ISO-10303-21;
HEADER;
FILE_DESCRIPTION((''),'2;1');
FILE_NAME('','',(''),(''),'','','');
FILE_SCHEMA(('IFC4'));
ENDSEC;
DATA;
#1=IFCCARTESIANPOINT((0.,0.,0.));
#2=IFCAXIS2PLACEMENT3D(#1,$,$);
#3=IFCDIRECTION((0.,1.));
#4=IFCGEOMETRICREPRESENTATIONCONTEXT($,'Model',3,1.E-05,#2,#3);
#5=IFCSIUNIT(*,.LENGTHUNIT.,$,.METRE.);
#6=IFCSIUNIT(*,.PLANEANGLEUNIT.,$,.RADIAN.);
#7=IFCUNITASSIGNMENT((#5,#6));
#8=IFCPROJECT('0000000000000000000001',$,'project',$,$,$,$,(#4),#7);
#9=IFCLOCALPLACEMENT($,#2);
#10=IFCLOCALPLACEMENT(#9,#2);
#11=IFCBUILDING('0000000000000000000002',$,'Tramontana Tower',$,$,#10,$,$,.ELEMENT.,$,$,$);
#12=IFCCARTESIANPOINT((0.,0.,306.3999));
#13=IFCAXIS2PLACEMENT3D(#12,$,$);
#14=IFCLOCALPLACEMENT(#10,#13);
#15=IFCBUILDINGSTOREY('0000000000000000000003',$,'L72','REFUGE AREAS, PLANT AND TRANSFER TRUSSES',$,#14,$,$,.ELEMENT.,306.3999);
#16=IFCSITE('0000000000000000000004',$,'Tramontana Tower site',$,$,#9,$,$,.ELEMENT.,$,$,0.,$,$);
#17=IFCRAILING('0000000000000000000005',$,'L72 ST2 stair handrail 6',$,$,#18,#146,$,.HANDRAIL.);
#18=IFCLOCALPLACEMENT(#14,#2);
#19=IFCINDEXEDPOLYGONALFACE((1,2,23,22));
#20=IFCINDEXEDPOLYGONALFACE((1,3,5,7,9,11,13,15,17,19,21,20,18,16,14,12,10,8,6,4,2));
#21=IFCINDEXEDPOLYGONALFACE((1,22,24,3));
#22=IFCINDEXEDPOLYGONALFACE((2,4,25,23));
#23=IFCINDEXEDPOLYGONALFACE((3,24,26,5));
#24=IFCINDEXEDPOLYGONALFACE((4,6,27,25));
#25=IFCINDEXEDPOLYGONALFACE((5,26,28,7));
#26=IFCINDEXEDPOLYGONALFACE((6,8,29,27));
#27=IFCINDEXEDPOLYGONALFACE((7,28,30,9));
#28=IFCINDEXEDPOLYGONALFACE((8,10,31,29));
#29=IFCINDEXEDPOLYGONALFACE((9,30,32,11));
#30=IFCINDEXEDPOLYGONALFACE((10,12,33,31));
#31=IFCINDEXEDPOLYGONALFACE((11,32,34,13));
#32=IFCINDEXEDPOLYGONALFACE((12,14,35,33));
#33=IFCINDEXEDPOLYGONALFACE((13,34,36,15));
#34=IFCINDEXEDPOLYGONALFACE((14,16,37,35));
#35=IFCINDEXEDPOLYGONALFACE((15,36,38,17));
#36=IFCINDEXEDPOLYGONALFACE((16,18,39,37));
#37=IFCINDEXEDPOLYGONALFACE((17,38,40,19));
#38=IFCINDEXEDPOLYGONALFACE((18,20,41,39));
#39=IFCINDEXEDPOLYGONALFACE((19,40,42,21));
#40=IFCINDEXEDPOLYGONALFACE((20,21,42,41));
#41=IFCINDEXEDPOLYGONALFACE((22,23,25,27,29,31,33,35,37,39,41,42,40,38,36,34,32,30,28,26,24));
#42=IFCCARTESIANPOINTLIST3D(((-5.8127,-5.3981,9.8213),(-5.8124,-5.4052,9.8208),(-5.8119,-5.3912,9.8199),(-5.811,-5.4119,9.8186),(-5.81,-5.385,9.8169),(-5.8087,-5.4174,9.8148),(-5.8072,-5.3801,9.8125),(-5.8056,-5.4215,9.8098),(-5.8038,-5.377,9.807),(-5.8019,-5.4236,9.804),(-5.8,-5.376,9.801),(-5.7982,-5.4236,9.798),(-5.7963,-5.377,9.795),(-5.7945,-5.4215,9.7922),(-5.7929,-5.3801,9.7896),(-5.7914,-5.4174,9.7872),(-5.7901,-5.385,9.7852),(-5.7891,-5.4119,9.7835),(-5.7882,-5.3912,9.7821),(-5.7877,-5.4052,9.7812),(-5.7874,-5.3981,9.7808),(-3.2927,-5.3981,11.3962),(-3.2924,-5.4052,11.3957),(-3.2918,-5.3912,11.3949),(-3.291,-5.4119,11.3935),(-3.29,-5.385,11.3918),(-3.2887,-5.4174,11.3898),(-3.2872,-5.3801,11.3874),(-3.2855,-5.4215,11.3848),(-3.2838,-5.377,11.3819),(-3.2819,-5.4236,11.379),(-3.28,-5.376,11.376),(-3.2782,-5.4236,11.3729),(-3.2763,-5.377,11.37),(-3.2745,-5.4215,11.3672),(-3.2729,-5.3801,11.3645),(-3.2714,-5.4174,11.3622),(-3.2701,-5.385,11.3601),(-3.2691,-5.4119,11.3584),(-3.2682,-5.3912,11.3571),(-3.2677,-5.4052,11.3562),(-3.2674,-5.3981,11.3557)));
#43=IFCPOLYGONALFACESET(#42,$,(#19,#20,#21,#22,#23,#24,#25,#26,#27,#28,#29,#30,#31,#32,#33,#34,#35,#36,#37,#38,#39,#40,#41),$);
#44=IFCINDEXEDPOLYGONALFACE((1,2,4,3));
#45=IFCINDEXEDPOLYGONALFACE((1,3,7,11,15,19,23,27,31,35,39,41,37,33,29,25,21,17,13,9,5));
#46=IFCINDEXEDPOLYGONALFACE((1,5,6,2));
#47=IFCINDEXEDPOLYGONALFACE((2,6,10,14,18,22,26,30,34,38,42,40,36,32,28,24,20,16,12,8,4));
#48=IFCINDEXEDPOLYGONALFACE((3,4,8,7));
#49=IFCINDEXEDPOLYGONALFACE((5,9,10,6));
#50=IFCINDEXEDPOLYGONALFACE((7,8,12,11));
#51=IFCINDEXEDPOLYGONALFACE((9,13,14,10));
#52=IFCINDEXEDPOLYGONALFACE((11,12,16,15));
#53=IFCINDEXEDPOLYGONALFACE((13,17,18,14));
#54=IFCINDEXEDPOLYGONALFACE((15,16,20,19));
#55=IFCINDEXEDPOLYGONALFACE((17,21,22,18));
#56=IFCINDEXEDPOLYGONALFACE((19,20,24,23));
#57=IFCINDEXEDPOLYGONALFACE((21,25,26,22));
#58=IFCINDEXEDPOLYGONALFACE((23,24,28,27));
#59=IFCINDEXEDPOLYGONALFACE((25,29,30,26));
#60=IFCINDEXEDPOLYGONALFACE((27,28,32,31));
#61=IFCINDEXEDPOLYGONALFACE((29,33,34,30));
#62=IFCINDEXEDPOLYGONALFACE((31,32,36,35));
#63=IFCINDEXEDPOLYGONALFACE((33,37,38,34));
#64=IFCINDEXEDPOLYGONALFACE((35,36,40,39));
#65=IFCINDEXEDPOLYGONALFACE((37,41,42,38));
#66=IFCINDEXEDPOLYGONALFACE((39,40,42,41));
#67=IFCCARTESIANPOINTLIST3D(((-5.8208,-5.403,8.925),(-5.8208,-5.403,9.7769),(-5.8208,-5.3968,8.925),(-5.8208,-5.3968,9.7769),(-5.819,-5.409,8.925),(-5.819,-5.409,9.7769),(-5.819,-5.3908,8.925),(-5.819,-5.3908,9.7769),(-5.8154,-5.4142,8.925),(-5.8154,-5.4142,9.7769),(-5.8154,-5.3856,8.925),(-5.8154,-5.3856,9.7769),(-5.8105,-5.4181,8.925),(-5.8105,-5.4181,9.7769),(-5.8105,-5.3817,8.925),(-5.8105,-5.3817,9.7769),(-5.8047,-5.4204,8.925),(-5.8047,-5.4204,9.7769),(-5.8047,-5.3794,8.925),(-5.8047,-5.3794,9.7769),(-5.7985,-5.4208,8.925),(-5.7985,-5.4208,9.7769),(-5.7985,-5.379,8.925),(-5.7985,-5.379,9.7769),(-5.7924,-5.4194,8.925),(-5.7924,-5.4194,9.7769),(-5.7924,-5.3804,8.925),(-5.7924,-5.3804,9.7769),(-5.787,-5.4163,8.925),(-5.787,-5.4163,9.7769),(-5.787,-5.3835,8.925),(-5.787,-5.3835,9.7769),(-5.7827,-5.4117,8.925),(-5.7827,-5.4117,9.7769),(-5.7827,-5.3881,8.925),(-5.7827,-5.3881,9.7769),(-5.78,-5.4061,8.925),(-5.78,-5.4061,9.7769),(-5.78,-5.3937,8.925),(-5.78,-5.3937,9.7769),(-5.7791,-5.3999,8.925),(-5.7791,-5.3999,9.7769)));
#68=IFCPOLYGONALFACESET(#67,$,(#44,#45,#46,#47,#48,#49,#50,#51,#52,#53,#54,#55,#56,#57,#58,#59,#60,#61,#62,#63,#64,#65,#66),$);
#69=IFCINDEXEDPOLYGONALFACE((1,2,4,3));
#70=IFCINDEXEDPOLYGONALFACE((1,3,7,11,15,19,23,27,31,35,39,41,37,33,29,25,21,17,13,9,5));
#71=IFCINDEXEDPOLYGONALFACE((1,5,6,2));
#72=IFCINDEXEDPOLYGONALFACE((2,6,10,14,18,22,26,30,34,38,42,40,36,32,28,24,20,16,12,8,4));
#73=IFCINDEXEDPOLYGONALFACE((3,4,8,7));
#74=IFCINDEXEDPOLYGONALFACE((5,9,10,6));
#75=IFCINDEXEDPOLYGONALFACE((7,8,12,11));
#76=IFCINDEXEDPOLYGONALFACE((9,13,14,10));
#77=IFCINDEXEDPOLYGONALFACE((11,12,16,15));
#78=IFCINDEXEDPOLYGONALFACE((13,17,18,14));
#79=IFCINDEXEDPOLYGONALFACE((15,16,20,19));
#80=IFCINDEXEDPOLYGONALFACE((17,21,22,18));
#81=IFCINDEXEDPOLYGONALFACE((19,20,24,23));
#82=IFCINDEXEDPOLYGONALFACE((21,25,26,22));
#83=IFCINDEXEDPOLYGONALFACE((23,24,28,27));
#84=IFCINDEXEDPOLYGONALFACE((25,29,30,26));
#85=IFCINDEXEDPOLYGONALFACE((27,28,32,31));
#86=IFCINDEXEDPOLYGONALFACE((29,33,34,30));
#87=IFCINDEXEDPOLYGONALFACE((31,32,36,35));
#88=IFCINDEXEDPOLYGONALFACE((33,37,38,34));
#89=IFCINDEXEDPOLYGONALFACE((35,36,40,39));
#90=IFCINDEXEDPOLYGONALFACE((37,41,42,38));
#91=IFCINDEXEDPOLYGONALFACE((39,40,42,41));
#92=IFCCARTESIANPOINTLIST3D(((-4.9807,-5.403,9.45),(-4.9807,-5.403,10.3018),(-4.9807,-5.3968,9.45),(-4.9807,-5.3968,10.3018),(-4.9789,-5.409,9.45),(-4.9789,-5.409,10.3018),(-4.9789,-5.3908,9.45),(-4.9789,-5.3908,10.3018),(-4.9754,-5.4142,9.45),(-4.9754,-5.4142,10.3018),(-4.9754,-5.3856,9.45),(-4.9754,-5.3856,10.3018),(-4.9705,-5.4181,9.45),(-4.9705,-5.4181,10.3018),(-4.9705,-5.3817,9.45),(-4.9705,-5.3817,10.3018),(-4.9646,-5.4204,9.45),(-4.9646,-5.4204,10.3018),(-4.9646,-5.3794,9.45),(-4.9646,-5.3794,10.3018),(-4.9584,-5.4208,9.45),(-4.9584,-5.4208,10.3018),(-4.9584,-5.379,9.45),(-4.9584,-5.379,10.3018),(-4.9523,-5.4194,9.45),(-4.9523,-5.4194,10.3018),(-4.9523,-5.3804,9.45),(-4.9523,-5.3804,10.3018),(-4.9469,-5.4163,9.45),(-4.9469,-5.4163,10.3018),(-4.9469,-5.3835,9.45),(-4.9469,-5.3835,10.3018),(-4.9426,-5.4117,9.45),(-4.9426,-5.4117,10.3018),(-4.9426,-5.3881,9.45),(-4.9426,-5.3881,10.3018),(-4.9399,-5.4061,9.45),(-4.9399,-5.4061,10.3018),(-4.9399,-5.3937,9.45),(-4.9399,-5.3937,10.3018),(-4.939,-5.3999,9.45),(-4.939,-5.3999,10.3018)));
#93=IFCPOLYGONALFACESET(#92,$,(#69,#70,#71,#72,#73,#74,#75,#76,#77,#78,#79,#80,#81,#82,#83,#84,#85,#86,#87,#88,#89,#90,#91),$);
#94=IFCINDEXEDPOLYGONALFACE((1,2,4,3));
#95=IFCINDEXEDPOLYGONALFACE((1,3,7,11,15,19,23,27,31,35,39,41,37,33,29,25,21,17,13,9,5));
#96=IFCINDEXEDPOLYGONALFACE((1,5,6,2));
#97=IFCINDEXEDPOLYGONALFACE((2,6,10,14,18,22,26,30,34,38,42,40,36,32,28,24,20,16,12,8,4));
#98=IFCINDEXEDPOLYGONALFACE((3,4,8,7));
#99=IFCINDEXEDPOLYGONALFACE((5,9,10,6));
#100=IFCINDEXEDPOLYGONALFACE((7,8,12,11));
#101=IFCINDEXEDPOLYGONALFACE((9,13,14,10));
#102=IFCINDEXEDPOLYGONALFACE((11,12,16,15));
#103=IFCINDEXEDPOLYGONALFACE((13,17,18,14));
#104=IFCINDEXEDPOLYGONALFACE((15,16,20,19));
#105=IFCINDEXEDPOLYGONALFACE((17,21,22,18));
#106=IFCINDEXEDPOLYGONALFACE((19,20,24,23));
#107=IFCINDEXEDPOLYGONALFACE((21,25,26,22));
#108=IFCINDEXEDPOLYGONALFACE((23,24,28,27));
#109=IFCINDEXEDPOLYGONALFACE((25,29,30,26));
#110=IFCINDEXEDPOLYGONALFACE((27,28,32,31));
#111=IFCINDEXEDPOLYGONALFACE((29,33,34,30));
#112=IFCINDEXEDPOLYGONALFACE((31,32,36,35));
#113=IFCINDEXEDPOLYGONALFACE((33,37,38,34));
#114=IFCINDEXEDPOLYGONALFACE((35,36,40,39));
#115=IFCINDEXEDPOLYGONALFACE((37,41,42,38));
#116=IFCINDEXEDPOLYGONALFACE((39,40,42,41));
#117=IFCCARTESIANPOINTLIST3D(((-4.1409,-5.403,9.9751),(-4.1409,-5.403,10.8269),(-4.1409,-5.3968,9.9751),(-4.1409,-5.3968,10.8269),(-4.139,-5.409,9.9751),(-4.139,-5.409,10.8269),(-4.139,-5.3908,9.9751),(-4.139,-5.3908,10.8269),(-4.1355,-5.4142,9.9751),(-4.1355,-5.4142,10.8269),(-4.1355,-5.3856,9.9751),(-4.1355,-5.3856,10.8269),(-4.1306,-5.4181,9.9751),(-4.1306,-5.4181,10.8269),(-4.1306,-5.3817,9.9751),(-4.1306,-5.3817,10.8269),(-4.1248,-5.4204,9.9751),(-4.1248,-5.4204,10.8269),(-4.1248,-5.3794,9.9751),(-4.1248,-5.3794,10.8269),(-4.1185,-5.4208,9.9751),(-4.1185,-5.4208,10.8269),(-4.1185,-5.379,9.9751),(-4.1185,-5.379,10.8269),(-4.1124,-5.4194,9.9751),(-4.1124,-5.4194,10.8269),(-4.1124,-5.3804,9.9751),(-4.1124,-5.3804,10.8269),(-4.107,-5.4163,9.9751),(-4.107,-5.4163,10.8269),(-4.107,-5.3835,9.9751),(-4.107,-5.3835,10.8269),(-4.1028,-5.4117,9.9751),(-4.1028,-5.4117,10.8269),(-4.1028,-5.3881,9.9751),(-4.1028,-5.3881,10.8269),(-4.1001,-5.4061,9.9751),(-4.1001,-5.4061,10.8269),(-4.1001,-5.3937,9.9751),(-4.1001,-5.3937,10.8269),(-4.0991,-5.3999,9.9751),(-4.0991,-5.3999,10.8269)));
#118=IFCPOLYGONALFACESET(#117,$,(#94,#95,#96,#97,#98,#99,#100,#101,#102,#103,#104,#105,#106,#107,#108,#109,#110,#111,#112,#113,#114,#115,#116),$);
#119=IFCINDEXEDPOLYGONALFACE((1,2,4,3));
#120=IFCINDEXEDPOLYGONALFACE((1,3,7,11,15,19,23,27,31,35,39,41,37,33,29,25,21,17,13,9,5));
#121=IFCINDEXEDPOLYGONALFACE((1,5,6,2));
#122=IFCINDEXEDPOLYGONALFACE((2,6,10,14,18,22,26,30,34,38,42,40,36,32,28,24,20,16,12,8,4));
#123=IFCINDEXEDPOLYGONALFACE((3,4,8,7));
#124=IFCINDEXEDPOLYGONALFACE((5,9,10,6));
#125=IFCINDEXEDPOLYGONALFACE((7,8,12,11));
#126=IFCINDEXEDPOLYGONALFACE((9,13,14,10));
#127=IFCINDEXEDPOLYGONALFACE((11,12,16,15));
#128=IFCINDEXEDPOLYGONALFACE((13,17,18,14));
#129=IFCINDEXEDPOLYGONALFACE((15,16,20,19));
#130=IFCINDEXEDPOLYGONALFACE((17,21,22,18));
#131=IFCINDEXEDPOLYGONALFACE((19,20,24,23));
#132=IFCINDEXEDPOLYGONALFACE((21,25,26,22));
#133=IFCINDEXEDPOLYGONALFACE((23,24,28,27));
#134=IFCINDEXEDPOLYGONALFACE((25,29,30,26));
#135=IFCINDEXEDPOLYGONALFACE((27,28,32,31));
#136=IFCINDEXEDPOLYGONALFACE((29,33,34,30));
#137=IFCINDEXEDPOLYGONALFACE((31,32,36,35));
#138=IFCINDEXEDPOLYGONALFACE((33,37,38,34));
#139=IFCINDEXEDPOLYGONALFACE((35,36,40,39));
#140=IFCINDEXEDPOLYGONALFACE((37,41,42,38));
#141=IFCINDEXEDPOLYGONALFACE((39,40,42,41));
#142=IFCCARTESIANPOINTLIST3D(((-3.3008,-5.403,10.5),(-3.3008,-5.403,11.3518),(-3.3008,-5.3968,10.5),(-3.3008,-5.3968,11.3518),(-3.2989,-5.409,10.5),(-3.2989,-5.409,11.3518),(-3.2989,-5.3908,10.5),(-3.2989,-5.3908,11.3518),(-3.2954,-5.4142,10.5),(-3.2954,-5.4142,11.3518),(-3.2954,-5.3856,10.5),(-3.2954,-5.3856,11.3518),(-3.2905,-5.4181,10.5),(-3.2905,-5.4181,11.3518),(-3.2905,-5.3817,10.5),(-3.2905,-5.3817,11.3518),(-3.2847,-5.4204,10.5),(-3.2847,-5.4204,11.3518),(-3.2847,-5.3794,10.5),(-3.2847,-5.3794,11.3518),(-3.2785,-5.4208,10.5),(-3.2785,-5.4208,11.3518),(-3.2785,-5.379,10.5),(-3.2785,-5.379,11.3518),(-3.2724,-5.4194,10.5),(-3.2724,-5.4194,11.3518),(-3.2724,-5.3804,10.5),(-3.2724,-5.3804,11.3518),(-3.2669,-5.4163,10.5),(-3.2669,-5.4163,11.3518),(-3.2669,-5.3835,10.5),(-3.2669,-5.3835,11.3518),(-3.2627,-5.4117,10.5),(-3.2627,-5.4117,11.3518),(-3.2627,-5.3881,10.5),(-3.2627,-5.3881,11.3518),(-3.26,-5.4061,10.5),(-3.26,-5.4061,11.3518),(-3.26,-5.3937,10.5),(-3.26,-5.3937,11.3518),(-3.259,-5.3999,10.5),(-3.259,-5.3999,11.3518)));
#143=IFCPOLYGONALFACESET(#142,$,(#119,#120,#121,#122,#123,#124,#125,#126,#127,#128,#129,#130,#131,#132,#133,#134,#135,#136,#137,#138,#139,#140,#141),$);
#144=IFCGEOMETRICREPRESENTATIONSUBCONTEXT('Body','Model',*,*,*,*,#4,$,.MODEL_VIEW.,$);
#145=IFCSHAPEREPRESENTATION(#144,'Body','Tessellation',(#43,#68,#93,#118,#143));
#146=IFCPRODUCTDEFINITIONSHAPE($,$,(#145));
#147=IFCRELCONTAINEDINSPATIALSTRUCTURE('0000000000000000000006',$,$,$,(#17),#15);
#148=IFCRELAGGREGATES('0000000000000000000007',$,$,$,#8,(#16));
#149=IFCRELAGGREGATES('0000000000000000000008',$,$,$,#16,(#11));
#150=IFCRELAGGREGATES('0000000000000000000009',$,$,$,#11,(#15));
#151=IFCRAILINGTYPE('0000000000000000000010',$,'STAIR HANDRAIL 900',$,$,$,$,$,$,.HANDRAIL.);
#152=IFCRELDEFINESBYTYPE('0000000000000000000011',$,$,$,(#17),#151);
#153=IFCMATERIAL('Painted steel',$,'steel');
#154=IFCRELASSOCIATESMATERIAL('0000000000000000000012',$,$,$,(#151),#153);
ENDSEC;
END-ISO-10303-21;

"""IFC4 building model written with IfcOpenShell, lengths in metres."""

from ifc_helpers import new_model, si_unit, direction, frame, origin, origin_2d, place, context, subcontext, project, spatial, circle, extrude, material, type_object, element, save


model = new_model("IFC4")

# Units and contexts
model_context = context("Model", 3, precision=1e-05, world=origin(), true_north=direction((0.0, 1.0)))
body_context = subcontext(model_context, "Body", "Model", "MODEL_VIEW")
ifc_project = project(units=[si_unit("LENGTHUNIT", "METRE"), si_unit("PLANEANGLEUNIT", "RADIAN")], contexts=[model_context])

# Site, building, storey
site_placement = place(None, origin())
site = spatial("IfcSite", under=ifc_project, at=site_placement, Name="Tramontana Tower site", CompositionType="ELEMENT", RefElevation=0.0)
building_placement = place(site_placement, origin())
building = spatial("IfcBuilding", under=site, at=building_placement, Name="Tramontana Tower", CompositionType="ELEMENT")
storey_placement = place(building_placement, frame((0.0, 0.0, 306.3999)))
storey = spatial("IfcBuildingStorey", under=building, at=storey_placement, Name="L72", Description="REFUGE AREAS, PLANT AND TRANSFER TRUSSES", CompositionType="ELEMENT", Elevation=306.3999)

# Railing
ifc_material_1 = material(Name="Painted steel", Category="steel")
railing_type_1 = type_object("IfcRailingType", Name="STAIR HANDRAIL 900", PredefinedType="HANDRAIL", material=ifc_material_1)
for number, where, name in (
    (1, (-5.8, -5.3999, 8.925), "L72 ST2 stair handrail 6"),
):
    element("IfcRailing", number, at=place(storey_placement, frame(where)), inside=storey, type_object=railing_type_1, Name=name, PredefinedType="HANDRAIL", context=body_context, shape_type="SweptSolid", body=[
        extrude(circle(Radius=0.0239, at=origin_2d()), frame((0.0, 0.0, 0.876), z_axis=(0.848008, 0.0, 0.529984), x_axis=(0.0, 1.0, 0.0)), (0.0, 0.0, 1.0), 2.9717),
        extrude(circle(Radius=0.021, at=origin_2d()), origin(), (0.0, 0.0, 1.0), 0.8518),
        extrude(circle(Radius=0.021, at=origin_2d()), frame((0.8401, 0.0, 0.5249)), (0.0, 0.0, 1.0), 0.8518),
        extrude(circle(Radius=0.021, at=origin_2d()), frame((1.6799, 0.0, 1.05)), (0.0, 0.0, 1.0), 0.8518),
        extrude(circle(Radius=0.021, at=origin_2d()), frame((2.52, 0.0, 1.575)), (0.0, 0.0, 1.0), 0.8518),
    ])

save(model, "model.ifc")
